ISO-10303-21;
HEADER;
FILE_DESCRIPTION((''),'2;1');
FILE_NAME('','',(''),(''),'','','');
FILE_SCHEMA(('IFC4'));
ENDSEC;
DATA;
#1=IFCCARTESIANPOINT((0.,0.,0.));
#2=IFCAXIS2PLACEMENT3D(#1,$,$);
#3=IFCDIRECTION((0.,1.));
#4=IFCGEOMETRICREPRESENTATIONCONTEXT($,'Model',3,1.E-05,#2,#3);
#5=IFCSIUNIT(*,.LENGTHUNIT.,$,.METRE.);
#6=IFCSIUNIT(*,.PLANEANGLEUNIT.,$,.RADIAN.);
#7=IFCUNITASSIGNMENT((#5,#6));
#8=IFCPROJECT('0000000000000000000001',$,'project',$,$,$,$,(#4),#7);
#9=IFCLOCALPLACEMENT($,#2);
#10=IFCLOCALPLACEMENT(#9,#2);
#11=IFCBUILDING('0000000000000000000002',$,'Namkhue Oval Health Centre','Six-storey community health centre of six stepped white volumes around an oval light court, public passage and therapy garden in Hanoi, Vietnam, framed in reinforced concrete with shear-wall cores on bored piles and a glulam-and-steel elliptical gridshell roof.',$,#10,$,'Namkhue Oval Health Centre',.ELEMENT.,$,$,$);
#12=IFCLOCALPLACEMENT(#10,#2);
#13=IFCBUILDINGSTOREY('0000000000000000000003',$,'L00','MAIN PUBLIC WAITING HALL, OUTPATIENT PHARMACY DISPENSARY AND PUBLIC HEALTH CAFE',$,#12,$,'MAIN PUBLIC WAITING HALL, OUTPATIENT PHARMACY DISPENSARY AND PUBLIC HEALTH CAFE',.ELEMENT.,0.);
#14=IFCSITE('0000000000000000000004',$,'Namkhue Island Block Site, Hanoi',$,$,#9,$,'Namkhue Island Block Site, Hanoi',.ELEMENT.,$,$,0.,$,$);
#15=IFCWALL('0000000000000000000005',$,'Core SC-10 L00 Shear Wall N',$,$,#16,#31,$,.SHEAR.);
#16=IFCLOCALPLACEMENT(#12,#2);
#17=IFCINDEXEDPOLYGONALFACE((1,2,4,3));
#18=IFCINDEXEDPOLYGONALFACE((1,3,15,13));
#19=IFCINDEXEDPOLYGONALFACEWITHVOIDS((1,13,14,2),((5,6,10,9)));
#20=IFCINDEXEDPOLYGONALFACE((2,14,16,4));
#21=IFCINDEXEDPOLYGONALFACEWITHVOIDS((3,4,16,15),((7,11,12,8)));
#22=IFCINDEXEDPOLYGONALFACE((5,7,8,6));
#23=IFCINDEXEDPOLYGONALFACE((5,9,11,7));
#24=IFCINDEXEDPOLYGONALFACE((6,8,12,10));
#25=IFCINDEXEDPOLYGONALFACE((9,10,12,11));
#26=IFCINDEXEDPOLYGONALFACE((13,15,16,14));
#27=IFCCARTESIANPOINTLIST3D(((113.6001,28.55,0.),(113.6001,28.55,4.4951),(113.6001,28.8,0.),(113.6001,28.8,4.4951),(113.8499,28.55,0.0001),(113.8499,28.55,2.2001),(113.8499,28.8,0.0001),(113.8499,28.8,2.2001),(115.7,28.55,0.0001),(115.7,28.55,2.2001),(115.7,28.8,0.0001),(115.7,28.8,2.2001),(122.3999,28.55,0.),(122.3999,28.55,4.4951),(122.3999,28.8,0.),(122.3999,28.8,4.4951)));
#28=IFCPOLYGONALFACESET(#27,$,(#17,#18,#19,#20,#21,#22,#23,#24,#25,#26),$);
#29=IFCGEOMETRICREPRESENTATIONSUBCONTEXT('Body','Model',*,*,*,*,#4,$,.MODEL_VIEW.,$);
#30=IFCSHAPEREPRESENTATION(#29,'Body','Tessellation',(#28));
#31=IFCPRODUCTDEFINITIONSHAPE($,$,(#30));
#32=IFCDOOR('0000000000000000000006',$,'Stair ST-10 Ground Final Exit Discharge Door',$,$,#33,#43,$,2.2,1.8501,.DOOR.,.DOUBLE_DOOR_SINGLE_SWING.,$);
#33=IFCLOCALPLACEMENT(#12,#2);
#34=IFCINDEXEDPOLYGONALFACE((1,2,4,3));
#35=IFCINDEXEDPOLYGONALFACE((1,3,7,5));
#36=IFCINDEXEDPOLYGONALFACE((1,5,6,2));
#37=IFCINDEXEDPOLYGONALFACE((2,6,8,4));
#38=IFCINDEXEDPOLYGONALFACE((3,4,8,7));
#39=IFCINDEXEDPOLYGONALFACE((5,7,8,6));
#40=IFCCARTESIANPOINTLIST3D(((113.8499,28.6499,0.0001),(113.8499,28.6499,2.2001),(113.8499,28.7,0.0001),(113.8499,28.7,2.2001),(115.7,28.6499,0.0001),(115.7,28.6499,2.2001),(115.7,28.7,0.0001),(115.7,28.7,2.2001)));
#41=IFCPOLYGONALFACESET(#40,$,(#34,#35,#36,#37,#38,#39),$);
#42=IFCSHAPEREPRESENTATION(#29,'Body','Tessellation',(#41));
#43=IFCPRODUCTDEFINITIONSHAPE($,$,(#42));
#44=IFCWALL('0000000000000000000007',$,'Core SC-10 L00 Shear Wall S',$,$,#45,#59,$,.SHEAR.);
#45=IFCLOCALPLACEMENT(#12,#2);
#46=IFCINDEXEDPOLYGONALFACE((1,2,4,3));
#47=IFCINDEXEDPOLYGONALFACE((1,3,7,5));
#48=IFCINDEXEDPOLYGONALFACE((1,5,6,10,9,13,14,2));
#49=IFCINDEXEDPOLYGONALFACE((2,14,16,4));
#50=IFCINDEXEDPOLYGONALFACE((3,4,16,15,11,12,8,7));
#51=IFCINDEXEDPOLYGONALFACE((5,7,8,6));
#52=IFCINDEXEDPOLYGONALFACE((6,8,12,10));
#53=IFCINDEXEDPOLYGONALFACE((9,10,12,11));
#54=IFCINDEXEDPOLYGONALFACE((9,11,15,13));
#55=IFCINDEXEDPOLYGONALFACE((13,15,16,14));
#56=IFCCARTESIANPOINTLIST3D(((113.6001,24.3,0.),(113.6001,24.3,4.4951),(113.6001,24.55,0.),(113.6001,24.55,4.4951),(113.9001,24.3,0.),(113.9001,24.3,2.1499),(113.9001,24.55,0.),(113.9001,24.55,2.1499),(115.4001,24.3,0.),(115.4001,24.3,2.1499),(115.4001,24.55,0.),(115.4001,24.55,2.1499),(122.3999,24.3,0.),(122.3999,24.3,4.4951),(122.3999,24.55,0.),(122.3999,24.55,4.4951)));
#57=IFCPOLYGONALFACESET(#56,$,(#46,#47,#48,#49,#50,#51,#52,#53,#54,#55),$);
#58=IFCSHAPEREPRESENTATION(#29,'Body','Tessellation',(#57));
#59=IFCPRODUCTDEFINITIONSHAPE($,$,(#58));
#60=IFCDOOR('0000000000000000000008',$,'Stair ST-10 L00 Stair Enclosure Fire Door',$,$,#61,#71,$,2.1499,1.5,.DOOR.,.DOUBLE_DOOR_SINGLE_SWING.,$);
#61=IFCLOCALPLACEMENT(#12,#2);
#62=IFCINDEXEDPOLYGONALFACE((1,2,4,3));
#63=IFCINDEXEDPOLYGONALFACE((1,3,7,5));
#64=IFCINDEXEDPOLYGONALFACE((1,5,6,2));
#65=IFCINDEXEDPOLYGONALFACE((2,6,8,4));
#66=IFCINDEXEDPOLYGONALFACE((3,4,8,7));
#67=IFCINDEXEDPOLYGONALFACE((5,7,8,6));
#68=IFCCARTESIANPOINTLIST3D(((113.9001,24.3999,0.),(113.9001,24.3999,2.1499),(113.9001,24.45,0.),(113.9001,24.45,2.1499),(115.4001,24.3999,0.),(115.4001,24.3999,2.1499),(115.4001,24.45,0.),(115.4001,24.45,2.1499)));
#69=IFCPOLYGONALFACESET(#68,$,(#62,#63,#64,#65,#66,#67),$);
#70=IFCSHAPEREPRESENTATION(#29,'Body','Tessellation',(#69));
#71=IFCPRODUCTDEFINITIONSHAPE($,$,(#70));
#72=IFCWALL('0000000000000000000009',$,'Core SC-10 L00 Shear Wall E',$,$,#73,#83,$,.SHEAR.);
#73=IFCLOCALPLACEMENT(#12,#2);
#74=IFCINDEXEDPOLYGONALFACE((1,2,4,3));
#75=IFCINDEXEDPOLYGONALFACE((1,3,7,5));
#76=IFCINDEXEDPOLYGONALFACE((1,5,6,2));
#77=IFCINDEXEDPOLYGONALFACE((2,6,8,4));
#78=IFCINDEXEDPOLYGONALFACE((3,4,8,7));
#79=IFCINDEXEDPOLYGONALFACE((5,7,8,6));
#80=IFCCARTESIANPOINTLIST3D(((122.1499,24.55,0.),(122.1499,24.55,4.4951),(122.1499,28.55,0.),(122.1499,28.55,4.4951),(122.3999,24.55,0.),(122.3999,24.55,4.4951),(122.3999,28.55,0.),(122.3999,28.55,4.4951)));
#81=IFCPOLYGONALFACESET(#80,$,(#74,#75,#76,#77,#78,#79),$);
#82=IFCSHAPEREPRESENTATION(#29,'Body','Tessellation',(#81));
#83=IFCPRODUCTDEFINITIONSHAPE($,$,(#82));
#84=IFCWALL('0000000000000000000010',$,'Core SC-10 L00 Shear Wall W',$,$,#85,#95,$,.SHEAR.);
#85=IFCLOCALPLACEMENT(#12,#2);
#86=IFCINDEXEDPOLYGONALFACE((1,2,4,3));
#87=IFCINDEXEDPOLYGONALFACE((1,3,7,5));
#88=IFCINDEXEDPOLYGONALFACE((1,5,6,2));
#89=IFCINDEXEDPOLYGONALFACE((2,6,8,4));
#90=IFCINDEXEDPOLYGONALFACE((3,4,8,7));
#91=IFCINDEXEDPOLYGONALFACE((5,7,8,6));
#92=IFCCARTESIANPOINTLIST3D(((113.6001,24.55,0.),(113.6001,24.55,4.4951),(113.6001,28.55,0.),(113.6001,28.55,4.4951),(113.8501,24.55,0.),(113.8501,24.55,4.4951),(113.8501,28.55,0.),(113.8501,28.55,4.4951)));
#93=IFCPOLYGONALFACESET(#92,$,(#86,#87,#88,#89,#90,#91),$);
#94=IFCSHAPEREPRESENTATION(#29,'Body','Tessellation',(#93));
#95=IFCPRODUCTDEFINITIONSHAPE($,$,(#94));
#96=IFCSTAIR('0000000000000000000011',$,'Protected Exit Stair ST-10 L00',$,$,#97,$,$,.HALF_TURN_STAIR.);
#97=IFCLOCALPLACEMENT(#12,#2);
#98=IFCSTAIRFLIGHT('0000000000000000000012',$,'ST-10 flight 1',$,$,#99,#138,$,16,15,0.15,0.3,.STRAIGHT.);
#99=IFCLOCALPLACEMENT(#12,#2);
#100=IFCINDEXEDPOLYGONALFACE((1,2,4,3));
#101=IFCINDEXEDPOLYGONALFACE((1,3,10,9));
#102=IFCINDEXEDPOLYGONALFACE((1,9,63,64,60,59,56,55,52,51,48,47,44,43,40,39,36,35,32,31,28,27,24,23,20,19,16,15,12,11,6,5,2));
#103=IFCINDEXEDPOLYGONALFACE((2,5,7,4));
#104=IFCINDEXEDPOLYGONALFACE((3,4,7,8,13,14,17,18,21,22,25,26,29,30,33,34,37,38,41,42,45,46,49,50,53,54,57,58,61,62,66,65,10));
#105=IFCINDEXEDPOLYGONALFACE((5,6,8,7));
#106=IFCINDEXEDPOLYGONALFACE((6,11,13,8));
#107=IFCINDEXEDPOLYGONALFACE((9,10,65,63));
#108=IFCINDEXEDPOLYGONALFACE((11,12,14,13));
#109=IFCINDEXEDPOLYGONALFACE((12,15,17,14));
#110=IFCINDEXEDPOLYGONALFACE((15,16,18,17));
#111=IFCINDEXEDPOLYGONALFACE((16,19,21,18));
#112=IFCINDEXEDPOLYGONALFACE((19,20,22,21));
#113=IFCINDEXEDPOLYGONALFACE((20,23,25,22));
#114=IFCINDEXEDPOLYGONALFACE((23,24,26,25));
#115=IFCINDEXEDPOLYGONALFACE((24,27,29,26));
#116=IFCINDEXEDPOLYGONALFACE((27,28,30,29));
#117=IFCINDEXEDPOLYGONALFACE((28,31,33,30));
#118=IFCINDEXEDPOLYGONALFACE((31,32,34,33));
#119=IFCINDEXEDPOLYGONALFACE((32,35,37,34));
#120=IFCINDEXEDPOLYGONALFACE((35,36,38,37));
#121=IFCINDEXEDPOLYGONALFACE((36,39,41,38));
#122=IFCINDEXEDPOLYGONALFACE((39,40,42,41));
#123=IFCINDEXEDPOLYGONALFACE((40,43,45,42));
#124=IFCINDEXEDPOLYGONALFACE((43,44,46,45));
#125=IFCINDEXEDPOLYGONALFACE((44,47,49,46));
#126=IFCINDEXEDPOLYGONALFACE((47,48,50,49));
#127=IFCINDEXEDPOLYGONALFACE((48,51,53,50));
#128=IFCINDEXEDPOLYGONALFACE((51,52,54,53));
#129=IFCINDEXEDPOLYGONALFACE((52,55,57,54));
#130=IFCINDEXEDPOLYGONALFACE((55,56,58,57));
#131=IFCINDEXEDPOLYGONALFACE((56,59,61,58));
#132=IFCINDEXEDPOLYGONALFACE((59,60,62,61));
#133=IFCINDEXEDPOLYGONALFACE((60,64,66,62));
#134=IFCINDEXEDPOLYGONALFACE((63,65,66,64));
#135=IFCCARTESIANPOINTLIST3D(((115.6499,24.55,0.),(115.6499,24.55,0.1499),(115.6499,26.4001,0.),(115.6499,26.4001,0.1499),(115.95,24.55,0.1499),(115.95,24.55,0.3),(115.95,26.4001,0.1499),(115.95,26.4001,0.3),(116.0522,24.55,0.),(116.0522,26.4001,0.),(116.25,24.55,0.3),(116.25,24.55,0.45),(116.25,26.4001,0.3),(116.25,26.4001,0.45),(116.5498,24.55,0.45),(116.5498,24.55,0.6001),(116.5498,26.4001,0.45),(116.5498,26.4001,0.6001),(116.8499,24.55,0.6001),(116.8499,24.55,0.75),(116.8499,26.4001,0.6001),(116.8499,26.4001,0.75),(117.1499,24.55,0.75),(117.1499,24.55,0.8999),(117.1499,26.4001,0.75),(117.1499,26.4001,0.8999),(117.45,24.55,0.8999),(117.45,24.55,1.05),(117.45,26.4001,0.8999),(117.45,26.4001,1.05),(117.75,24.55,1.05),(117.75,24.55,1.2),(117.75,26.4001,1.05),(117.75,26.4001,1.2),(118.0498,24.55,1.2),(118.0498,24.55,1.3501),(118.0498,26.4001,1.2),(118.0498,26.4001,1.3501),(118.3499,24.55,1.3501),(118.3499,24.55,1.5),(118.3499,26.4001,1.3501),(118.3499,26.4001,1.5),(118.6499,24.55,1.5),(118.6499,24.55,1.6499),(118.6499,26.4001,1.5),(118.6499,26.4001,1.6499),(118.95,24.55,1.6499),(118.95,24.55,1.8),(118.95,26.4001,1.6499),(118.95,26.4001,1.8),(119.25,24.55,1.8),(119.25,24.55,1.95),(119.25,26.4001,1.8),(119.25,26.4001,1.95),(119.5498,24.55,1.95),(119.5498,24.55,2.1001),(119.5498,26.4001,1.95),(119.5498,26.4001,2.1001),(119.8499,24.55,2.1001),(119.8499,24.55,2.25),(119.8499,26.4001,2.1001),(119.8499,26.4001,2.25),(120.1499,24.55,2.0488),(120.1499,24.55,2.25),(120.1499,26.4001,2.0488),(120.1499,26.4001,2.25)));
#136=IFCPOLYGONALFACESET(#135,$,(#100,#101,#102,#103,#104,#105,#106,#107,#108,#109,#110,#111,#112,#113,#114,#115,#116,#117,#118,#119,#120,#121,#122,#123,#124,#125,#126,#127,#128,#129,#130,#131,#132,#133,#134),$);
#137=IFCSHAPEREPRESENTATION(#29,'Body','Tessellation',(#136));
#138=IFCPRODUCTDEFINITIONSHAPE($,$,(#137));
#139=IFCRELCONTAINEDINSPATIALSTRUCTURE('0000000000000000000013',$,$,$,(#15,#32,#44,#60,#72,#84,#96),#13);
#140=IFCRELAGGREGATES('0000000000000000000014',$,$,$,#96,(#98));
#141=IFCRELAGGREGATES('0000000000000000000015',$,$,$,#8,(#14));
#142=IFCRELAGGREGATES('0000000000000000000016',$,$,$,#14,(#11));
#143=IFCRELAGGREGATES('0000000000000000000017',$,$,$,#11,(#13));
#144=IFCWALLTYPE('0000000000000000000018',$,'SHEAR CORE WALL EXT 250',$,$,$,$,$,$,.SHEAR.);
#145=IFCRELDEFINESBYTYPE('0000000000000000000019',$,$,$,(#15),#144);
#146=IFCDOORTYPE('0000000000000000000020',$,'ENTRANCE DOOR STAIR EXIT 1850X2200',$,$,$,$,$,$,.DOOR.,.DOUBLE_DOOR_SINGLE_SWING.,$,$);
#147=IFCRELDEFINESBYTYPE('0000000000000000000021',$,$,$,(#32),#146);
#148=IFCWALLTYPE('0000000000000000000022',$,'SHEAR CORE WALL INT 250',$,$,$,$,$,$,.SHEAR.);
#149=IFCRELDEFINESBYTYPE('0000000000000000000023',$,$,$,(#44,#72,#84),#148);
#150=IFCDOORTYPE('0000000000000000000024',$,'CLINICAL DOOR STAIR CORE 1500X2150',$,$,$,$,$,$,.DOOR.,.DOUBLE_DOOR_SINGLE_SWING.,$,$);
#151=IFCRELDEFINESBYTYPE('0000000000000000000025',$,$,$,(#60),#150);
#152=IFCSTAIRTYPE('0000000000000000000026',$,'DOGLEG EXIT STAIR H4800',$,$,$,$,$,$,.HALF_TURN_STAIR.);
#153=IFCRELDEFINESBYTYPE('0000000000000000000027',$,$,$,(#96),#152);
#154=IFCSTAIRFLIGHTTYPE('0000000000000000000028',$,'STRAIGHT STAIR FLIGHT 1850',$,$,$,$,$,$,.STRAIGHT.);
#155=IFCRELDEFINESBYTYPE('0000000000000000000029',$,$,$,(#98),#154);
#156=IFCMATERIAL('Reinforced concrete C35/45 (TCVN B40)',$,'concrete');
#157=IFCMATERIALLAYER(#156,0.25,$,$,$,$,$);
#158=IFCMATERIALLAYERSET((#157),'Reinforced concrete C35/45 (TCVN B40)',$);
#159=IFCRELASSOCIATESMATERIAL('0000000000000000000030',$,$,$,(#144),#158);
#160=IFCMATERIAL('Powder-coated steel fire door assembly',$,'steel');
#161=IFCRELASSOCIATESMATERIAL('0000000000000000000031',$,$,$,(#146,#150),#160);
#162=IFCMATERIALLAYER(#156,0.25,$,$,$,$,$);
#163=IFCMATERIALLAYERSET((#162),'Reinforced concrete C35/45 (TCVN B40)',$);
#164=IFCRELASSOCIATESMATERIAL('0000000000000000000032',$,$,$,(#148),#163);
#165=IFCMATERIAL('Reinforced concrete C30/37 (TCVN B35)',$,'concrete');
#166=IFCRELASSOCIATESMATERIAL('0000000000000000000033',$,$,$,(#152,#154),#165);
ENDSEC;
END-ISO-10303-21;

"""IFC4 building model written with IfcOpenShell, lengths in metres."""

from ifc_helpers import new_model, si_unit, direction, frame, frame_2d, origin, place, context, subcontext, project, spatial, polyline, rectangle, outline, extrude, material, layer, layer_set, type_object, element, fill, aggregate, save


model = new_model("IFC4")

# Units and contexts
model_context = context("Model", 3, precision=1e-05, world=origin(), true_north=direction((0.0, 1.0)))
body_context = subcontext(model_context, "Body", "Model", "MODEL_VIEW")
ifc_project = project(units=[si_unit("LENGTHUNIT", "METRE"), si_unit("PLANEANGLEUNIT", "RADIAN")], contexts=[model_context])

# Site, building, storey
site_placement = place(None, origin())
site = spatial("IfcSite", under=ifc_project, at=site_placement, Name="Namkhue Island Block Site, Hanoi", LongName="Namkhue Island Block Site, Hanoi", CompositionType="ELEMENT", RefElevation=0.0)
building_placement = place(site_placement, origin())
building = spatial("IfcBuilding", under=site, at=building_placement, Name="Namkhue Oval Health Centre", Description="Six-storey community health centre of six stepped white volumes around an oval light court, public passage and therapy garden in Hanoi, Vietnam, framed in reinforced concrete with shear-wall cores on bored piles and a glulam-and-steel elliptical gridshell roof.", LongName="Namkhue Oval Health Centre", CompositionType="ELEMENT")
storey_placement = place(building_placement, origin())
storey = spatial("IfcBuildingStorey", under=building, at=storey_placement, Name="L00", Description="MAIN PUBLIC WAITING HALL, OUTPATIENT PHARMACY DISPENSARY AND PUBLIC HEALTH CAFE", LongName="MAIN PUBLIC WAITING HALL, OUTPATIENT PHARMACY DISPENSARY AND PUBLIC HEALTH CAFE", CompositionType="ELEMENT", Elevation=0.0)

# Shared definitions
ifc_material_1 = material(Name="Reinforced concrete C30/37 (TCVN B35)", Category="concrete")

# Walls, openings, doors
ifc_material_2 = material(Name="Reinforced concrete C35/45 (TCVN B40)", Category="concrete")
ifc_layer_1 = layer(ifc_material_2, 0.25)
ifc_layer_set_1 = layer_set([ifc_layer_1], Name="Reinforced concrete C35/45 (TCVN B40)")
wall_type_1 = type_object("IfcWallType", Name="SHEAR CORE WALL EXT 250", PredefinedType="SHEAR", material=ifc_layer_set_1)
wall_1_placement = place(storey_placement, frame((122.3999, 28.675, 0.0), z_axis=(0.0, 0.0, 1.0), x_axis=(-1.0, 0.0, 0.0)))
wall_1 = element("IfcWall", 1, at=wall_1_placement, inside=storey, type_object=wall_type_1, Name="Core SC-10 L00 Shear Wall N", PredefinedType="SHEAR", context=body_context, shape_type="SweptSolid", body=[
    extrude(rectangle(XDim=8.7998, YDim=0.25, at=frame_2d((4.3999, 0.0))), origin(), (0.0, 0.0, 1.0), 4.4951),
])
opening_1_placement = place(wall_1_placement, frame((6.7, 0.0, 0.0)))
opening_1 = element("IfcOpeningElement", 2, at=opening_1_placement, cuts=wall_1, PredefinedType="OPENING", context=body_context, shape_type="SweptSolid", body=[
    extrude(rectangle(XDim=1.8501, YDim=2.2, at=frame_2d((0.925, 1.1001))), frame((0.0, 0.135, 0.0), z_axis=(0.0, -1.0, 0.0), x_axis=(1.0, 0.0, 0.0)), (0.0, 0.0, 1.0), 0.27),
])
ifc_material_3 = material(Name="Powder-coated steel fire door assembly", Category="steel")
door_type_1 = type_object("IfcDoorType", Name="ENTRANCE DOOR STAIR EXIT 1850X2200", OperationType="DOUBLE_DOOR_SINGLE_SWING", PredefinedType="DOOR", material=ifc_material_3)
door_1_placement = place(opening_1_placement, frame((1.8501, 0.0, 0.0), z_axis=(0.0, 0.0, 1.0), x_axis=(-1.0, 0.0, 0.0)))
door_1 = element("IfcDoor", 3, at=door_1_placement, inside=storey, type_object=door_type_1, Name="Stair ST-10 Ground Final Exit Discharge Door", OperationType="DOUBLE_DOOR_SINGLE_SWING", OverallHeight=2.2, OverallWidth=1.8501, PredefinedType="DOOR", context=body_context, shape_type="SweptSolid", body=[
    extrude(rectangle(XDim=1.8501, YDim=2.2, at=frame_2d((0.925, 1.1001))), frame((0.0, 0.0249, 0.0), z_axis=(0.0, -1.0, 0.0), x_axis=(1.0, 0.0, 0.0)), (0.0, 0.0, 1.0), 0.05),
])
fill(opening_1, door_1)
ifc_layer_2 = layer(ifc_material_2, 0.25)
ifc_layer_set_2 = layer_set([ifc_layer_2], Name="Reinforced concrete C35/45 (TCVN B40)")
wall_type_2 = type_object("IfcWallType", Name="SHEAR CORE WALL INT 250", PredefinedType="SHEAR", material=ifc_layer_set_2)
wall_2_placement = place(storey_placement, frame((113.6001, 24.425, 0.0), z_axis=(0.0, 0.0, 1.0), x_axis=(1.0, 0.0, 0.0)))
wall_2 = element("IfcWall", 4, at=wall_2_placement, inside=storey, type_object=wall_type_2, Name="Core SC-10 L00 Shear Wall S", PredefinedType="SHEAR", context=body_context, shape_type="SweptSolid", body=[
    extrude(rectangle(XDim=8.7998, YDim=0.25, at=frame_2d((4.3999, 0.0))), origin(), (0.0, 0.0, 1.0), 4.4951),
])
opening_2_placement = place(wall_2_placement, frame((0.3, 0.0, 0.0)))
opening_2 = element("IfcOpeningElement", 5, at=opening_2_placement, cuts=wall_2, PredefinedType="OPENING", context=body_context, shape_type="SweptSolid", body=[
    extrude(rectangle(XDim=1.5, YDim=2.1499, at=frame_2d((0.75, 1.075))), frame((0.0, 0.135, 0.0), z_axis=(0.0, -1.0, 0.0), x_axis=(1.0, 0.0, 0.0)), (0.0, 0.0, 1.0), 0.27),
])
door_type_2 = type_object("IfcDoorType", Name="CLINICAL DOOR STAIR CORE 1500X2150", OperationType="DOUBLE_DOOR_SINGLE_SWING", PredefinedType="DOOR", material=ifc_material_3)
door_2_placement = place(opening_2_placement, origin())
door_2 = element("IfcDoor", 6, at=door_2_placement, inside=storey, type_object=door_type_2, Name="Stair ST-10 L00 Stair Enclosure Fire Door", OperationType="DOUBLE_DOOR_SINGLE_SWING", OverallHeight=2.1499, OverallWidth=1.5, PredefinedType="DOOR", context=body_context, shape_type="SweptSolid", body=[
    extrude(rectangle(XDim=1.5, YDim=2.1499, at=frame_2d((0.75, 1.075))), frame((0.0, 0.0249, 0.0), z_axis=(0.0, -1.0, 0.0), x_axis=(1.0, 0.0, 0.0)), (0.0, 0.0, 1.0), 0.05),
])
fill(opening_2, door_2)

# Walls
for number, where, z_axis, x_axis, name in (
    (7, (122.2749, 24.55, 0.0), (0.0, 0.0, 1.0), (0.0, 1.0, 0.0), "Core SC-10 L00 Shear Wall E"),
    (8, (113.7251, 28.55, 0.0), (0.0, 0.0, 1.0), (0.0, -1.0, 0.0), "Core SC-10 L00 Shear Wall W"),
):
    element("IfcWall", number, at=place(storey_placement, frame(where, z_axis=z_axis, x_axis=x_axis)), inside=storey, type_object=wall_type_2, Name=name, PredefinedType="SHEAR", context=body_context, shape_type="SweptSolid", body=[
        extrude(rectangle(XDim=4.0, YDim=0.25, at=frame_2d((2.0, 0.0))), origin(), (0.0, 0.0, 1.0), 4.4951),
    ])

# Stair, stair flight
stair_type = type_object("IfcStairType", Name="DOGLEG EXIT STAIR H4800", PredefinedType="HALF_TURN_STAIR", material=ifc_material_1)
stair_placement = place(storey_placement, origin())
stair = element("IfcStair", 9, at=stair_placement, inside=storey, type_object=stair_type, Name="Protected Exit Stair ST-10 L00", PredefinedType="HALF_TURN_STAIR")
stair_flight_type = type_object("IfcStairFlightType", Name="STRAIGHT STAIR FLIGHT 1850", PredefinedType="STRAIGHT", material=ifc_material_1)
stair_flight_1_placement = place(storey_placement, frame((115.6499, 25.4751, 0.0), z_axis=(0.0, 0.0, 1.0), x_axis=(1.0, 0.0, 0.0)))
stair_flight_1 = element("IfcStairFlight", 10, at=stair_flight_1_placement, type_object=stair_flight_type, Name="ST-10 flight 1", NumberOfRisers=16, NumberOfTreads=15, PredefinedType="STRAIGHT", RiserHeight=0.15, TreadLength=0.3, context=body_context, shape_type="SweptSolid", body=[
    extrude(outline(polyline([(0.0, 0.0), (0.0, 0.1499), (0.3, 0.1499), (0.3, 0.3), (0.6001, 0.3), (0.6001, 0.45), (0.8999, 0.45), (0.8999, 0.6001), (1.2, 0.6001), (1.2, 0.75), (1.5, 0.75), (1.5, 0.8999), (1.8, 0.8999), (1.8, 1.05), (2.1001, 1.05), (2.1001, 1.2), (2.3999, 1.2), (2.3999, 1.3501), (2.7, 1.3501), (2.7, 1.5), (3.0, 1.5), (3.0, 1.6499), (3.3, 1.6499), (3.3, 1.8), (3.6001, 1.8), (3.6001, 1.95), (3.8999, 1.95), (3.8999, 2.1001), (4.2, 2.1001), (4.2, 2.25), (4.5, 2.25), (4.5, 2.3999), (4.5, 2.0488), (0.4023, 0.0), (0.0, 0.0)])), frame((0.0, 0.925, 0.0), z_axis=(0.0, -1.0, 0.0), x_axis=(1.0, 0.0, 0.0)), (0.0, 0.0, 1.0), 1.8501),
])
aggregate(stair, [stair_flight_1])

save(model, "model.ifc")
